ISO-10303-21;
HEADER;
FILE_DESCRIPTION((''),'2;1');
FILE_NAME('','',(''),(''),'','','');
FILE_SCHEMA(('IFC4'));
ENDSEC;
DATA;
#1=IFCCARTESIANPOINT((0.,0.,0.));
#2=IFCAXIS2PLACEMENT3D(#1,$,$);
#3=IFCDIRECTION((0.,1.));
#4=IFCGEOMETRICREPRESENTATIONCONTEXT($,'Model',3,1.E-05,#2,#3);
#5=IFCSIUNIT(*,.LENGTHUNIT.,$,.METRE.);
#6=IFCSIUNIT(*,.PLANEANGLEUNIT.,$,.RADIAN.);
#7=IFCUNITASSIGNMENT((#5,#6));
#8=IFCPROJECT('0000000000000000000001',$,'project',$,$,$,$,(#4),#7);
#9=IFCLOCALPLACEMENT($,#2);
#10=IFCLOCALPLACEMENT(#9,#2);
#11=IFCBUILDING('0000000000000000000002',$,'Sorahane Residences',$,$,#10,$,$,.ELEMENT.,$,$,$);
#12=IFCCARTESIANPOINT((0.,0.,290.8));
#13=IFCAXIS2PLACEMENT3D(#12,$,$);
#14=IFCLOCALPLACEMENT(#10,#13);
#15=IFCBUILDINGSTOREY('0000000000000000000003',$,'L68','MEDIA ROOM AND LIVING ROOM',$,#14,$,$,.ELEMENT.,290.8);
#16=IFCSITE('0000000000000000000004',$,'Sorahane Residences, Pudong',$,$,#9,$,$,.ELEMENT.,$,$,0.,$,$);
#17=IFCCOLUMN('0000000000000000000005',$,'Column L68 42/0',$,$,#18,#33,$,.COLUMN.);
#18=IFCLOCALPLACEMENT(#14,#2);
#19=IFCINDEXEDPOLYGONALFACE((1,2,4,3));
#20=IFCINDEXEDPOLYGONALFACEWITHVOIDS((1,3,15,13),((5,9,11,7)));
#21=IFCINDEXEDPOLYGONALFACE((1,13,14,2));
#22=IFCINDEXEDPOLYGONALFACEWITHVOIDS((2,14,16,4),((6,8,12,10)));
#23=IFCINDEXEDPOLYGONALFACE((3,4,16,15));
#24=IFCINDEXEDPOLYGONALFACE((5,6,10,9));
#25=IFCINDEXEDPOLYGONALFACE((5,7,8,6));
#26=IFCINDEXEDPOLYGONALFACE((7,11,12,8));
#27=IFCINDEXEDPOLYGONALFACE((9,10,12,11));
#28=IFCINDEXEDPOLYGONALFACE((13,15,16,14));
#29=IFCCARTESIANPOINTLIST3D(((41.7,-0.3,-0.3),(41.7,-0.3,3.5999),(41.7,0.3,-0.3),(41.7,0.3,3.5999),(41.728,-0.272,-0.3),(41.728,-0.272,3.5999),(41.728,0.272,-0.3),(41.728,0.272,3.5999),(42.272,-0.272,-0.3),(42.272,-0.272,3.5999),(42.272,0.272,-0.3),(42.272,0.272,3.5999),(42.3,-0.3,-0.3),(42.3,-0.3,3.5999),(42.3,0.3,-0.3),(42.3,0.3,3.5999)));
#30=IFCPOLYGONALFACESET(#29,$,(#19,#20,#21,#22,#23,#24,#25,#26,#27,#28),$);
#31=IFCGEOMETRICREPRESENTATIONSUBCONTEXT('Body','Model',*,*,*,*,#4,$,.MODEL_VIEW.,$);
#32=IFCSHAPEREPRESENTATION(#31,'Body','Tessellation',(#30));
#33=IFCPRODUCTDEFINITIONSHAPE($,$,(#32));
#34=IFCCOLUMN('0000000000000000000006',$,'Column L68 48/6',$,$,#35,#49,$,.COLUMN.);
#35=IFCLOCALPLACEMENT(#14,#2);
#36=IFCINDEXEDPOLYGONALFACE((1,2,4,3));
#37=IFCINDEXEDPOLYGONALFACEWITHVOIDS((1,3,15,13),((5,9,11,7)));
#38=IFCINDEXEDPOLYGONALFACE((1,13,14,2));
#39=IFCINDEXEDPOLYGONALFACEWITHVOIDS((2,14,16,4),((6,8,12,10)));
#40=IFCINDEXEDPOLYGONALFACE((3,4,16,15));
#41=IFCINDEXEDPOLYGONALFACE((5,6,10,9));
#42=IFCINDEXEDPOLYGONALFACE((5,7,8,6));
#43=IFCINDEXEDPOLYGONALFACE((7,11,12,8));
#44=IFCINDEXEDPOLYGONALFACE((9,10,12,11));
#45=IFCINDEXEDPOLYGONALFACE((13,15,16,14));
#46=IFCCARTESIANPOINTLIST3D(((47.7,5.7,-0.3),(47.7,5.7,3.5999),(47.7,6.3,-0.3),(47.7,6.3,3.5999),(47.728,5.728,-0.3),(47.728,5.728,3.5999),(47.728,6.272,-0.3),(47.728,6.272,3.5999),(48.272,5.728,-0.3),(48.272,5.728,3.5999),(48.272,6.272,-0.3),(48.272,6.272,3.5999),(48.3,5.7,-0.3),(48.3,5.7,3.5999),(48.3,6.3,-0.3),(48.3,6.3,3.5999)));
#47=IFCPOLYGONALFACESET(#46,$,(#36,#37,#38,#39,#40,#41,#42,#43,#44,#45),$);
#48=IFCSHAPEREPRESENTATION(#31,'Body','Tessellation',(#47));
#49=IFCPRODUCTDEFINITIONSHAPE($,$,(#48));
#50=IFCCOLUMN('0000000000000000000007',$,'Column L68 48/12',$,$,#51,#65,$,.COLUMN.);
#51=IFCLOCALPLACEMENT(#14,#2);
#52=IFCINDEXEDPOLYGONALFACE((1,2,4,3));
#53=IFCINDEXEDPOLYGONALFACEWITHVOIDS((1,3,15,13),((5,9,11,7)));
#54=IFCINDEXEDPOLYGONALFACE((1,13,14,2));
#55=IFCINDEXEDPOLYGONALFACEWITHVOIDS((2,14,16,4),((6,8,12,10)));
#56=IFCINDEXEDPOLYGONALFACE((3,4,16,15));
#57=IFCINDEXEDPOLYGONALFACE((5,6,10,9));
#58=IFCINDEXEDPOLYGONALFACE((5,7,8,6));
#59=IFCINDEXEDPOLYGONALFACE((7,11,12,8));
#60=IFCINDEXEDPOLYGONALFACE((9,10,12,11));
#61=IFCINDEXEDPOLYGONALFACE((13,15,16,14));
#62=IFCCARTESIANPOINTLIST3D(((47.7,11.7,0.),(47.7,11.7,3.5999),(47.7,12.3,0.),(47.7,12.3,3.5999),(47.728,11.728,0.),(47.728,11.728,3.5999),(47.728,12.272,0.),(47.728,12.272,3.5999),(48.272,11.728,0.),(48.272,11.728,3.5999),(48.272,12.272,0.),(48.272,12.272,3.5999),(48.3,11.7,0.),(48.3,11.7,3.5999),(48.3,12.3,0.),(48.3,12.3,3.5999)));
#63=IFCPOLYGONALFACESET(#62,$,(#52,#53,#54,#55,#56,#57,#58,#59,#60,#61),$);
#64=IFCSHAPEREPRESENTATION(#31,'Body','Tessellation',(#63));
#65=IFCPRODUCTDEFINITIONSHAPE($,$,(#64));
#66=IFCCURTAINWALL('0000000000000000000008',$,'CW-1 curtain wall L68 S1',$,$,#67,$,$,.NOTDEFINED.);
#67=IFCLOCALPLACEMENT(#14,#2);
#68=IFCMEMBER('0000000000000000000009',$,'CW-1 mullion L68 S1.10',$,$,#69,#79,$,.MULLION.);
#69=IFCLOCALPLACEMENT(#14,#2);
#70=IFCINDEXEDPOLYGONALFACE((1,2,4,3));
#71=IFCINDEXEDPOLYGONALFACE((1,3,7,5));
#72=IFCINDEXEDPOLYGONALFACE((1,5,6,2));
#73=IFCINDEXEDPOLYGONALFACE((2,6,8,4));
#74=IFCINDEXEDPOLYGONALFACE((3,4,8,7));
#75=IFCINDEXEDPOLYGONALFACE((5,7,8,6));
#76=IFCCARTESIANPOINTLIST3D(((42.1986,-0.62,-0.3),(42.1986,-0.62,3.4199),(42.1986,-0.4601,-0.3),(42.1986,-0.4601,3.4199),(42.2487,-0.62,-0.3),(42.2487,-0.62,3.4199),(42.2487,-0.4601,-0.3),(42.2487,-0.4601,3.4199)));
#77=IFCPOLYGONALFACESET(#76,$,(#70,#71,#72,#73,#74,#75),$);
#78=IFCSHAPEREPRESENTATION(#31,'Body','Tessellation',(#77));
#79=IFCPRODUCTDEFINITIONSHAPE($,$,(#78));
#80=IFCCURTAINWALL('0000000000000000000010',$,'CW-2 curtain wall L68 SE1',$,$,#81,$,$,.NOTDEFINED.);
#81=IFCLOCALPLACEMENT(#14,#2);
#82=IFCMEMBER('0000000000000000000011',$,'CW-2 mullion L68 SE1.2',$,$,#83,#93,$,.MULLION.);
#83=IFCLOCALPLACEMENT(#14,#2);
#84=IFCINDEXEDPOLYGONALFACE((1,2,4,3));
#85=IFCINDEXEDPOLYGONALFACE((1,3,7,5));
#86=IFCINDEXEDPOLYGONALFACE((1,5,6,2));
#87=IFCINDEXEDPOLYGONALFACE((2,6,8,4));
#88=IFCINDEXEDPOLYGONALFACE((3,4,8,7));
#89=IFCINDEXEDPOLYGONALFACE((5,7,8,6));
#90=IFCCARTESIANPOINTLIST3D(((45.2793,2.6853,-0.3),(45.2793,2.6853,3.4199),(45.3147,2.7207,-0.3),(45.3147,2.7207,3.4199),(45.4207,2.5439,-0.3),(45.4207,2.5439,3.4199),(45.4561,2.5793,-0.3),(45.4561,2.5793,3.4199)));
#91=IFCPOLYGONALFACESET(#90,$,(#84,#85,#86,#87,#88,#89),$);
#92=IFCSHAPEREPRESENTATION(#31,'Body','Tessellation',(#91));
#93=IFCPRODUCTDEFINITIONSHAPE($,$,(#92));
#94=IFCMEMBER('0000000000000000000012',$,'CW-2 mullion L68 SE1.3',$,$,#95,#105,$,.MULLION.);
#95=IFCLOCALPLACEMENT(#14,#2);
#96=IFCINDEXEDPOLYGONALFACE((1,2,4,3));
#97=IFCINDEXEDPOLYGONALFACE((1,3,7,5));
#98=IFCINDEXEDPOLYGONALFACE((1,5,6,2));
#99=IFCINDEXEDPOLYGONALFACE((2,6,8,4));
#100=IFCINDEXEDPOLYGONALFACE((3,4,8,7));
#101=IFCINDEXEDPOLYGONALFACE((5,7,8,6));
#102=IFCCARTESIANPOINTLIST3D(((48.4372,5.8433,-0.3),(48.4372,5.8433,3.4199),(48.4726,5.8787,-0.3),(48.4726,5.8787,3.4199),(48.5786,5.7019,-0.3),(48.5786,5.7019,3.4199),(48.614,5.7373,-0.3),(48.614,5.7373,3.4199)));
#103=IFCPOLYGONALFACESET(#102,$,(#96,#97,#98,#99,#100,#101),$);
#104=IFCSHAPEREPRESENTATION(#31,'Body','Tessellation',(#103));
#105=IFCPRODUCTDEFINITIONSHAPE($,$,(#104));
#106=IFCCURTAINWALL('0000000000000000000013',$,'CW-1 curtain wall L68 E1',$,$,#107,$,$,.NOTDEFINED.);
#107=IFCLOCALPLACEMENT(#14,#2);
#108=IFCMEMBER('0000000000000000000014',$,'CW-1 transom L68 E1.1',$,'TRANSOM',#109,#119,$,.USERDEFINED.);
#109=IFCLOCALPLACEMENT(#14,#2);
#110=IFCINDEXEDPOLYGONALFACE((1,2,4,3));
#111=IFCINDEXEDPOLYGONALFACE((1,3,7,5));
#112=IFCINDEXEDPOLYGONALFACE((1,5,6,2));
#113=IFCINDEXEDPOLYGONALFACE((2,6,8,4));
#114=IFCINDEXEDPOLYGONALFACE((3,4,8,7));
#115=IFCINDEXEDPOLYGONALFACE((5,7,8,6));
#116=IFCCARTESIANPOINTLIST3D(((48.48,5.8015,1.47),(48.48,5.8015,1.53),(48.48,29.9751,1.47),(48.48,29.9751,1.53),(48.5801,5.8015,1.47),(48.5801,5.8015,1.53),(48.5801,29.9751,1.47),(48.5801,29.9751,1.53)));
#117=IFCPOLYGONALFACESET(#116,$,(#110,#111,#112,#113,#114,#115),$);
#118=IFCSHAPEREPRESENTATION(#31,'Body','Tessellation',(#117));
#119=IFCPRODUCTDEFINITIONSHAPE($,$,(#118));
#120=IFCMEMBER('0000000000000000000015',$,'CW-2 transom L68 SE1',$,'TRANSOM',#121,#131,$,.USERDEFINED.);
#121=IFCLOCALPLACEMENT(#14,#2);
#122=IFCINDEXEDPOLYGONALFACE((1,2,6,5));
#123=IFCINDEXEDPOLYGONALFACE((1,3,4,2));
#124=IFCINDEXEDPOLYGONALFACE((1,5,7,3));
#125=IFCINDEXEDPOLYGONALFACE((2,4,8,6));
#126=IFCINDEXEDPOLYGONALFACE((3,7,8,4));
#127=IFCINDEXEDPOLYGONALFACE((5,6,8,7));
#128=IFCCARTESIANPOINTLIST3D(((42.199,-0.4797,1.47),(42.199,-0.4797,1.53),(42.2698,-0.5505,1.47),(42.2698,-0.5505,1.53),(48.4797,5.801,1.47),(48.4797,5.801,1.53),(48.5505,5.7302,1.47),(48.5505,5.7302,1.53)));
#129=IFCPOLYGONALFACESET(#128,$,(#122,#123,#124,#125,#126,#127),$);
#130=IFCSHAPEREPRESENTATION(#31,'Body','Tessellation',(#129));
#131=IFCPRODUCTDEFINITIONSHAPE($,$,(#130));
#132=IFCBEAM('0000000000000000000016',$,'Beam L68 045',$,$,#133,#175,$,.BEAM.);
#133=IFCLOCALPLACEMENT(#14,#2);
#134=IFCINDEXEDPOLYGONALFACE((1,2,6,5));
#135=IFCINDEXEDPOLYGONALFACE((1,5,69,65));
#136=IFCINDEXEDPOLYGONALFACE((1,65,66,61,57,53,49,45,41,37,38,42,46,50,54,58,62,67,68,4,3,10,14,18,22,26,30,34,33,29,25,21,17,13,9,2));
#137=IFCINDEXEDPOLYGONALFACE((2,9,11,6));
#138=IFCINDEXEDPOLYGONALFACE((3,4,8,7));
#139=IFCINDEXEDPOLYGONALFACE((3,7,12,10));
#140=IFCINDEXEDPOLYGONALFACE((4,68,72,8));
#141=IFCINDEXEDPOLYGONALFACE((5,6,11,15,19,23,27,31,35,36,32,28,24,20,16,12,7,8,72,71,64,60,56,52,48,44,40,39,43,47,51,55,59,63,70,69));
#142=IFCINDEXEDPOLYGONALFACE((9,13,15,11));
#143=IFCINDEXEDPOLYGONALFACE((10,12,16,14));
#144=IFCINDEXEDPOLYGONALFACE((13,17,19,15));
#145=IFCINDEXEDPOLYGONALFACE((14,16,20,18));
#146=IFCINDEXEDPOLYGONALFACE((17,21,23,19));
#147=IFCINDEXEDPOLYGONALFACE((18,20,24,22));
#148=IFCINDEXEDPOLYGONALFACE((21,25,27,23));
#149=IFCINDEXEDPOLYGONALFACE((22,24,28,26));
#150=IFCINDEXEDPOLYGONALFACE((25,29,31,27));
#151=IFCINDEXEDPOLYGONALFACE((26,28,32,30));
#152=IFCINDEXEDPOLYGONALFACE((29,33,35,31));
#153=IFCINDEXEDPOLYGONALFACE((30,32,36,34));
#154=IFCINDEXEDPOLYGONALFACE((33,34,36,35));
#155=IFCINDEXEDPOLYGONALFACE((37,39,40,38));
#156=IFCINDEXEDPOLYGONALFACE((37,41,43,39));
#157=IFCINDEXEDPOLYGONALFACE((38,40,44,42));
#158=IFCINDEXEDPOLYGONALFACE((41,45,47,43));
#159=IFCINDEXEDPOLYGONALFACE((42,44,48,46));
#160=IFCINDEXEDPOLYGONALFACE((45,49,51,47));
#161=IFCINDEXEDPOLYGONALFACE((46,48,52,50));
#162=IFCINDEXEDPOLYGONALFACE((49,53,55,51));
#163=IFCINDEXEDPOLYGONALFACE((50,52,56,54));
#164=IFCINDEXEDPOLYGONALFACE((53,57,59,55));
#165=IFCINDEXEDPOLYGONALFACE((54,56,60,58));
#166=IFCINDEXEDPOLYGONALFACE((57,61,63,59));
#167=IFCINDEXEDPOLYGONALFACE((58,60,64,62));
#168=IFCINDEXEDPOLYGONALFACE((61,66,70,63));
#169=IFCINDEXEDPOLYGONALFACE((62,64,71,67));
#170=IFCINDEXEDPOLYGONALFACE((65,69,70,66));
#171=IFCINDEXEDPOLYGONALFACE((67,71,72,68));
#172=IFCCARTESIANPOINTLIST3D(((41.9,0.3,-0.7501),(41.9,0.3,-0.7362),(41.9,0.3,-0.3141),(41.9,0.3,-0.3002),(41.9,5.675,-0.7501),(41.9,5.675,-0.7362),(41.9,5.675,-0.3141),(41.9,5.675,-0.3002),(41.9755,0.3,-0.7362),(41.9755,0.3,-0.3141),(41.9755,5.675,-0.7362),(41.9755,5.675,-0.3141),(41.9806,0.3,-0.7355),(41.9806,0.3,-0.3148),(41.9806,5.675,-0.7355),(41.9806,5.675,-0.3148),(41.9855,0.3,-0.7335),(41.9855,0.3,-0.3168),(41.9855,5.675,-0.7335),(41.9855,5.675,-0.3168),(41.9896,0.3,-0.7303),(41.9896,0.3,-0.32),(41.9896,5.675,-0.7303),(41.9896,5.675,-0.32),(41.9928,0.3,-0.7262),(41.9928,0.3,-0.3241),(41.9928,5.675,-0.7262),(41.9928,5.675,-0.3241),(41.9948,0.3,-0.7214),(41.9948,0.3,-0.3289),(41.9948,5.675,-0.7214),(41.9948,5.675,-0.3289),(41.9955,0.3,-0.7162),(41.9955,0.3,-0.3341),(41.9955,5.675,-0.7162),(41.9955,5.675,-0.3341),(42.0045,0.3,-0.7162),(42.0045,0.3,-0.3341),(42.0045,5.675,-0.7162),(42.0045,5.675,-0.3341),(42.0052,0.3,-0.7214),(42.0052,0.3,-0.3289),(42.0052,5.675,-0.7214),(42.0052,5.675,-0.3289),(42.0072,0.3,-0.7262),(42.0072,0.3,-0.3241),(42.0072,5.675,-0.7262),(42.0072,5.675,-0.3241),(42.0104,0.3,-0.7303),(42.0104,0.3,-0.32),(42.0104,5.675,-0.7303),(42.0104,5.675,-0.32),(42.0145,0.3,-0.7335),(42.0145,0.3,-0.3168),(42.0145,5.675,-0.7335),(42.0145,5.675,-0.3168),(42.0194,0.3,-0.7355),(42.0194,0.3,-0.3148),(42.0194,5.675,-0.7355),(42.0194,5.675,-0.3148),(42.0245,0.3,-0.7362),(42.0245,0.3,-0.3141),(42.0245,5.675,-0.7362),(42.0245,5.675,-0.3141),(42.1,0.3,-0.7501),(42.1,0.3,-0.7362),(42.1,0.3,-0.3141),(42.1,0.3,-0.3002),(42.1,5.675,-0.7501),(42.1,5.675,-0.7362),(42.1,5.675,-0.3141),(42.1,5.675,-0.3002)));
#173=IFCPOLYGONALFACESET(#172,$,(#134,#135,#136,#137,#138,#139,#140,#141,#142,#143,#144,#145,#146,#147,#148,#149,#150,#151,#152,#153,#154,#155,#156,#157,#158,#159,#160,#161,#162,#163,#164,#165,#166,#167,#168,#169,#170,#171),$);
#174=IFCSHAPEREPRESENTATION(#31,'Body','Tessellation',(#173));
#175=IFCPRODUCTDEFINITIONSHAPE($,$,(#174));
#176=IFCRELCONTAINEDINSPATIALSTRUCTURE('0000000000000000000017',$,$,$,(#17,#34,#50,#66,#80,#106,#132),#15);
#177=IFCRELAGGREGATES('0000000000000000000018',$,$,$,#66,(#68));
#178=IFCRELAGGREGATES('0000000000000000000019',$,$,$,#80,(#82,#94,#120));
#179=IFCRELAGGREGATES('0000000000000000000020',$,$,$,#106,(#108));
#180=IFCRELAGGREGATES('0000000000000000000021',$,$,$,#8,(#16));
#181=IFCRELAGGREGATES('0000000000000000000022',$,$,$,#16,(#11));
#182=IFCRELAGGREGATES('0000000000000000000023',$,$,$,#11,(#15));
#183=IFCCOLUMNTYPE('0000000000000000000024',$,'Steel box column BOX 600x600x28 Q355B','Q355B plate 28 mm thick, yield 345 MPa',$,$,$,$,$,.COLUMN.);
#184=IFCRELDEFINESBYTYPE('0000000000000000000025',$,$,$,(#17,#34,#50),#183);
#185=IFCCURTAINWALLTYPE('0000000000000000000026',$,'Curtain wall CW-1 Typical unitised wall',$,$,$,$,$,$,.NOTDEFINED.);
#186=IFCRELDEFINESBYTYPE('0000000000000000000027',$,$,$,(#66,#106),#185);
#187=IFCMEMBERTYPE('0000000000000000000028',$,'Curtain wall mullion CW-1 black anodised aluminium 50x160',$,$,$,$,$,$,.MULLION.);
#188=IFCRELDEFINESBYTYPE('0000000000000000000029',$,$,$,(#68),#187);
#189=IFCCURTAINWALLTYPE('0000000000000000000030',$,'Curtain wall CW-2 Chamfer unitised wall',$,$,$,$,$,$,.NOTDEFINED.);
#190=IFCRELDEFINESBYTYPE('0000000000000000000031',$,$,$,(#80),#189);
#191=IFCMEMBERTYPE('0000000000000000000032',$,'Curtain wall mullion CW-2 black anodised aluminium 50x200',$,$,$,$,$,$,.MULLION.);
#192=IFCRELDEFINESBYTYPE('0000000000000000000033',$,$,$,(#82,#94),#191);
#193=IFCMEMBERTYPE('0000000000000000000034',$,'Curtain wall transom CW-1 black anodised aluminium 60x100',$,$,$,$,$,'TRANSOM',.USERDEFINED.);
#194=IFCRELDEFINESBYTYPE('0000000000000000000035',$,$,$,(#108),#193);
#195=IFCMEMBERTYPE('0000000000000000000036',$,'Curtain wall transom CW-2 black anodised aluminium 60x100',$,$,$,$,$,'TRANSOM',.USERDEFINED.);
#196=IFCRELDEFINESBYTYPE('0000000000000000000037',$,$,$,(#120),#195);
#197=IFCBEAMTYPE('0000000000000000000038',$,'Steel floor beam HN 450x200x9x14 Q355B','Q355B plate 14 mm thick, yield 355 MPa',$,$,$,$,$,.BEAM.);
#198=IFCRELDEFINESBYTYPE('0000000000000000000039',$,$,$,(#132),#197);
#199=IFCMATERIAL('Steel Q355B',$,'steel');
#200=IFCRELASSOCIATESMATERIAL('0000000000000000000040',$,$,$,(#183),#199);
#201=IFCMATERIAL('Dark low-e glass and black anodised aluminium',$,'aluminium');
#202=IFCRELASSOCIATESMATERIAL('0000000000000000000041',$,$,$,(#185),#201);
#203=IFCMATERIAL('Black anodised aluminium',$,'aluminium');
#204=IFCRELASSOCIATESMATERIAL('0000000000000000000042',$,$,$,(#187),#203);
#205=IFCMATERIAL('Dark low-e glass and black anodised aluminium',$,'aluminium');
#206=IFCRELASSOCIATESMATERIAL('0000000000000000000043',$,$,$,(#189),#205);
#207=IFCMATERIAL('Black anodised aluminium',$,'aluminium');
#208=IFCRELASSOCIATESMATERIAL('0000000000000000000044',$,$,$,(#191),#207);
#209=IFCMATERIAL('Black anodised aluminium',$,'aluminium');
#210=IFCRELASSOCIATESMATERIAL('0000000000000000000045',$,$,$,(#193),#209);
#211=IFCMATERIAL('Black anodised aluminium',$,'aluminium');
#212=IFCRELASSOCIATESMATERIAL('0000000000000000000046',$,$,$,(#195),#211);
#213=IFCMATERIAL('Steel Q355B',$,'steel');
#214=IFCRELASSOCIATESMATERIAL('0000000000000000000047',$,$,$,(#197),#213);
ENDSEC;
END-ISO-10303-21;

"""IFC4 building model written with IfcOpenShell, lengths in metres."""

from ifc_helpers import new_model, si_unit, direction, frame, origin, origin_2d, place, context, subcontext, project, spatial, rectangle, hollow_rectangle, i_section, extrude, material, material_profile, profile_set, type_object, element, aggregate, save


model = new_model("IFC4")

# Units and contexts
model_context = context("Model", 3, precision=1e-05, world=origin(), true_north=direction((0.0, 1.0)))
body_context = subcontext(model_context, "Body", "Model", "MODEL_VIEW")
ifc_project = project(units=[si_unit("LENGTHUNIT", "METRE"), si_unit("PLANEANGLEUNIT", "RADIAN")], contexts=[model_context])

# Site, building, storey
site_placement = place(None, origin())
site = spatial("IfcSite", under=ifc_project, at=site_placement, Name="Sorahane Residences, Pudong", CompositionType="ELEMENT", RefElevation=0.0)
building_placement = place(site_placement, origin())
building = spatial("IfcBuilding", under=site, at=building_placement, Name="Sorahane Residences", CompositionType="ELEMENT")
storey_placement = place(building_placement, frame((0.0, 0.0, 290.8)))
storey = spatial("IfcBuildingStorey", under=building, at=storey_placement, Name="L68", Description="MEDIA ROOM AND LIVING ROOM", CompositionType="ELEMENT", Elevation=290.8)

# Columns
ifc_material_1 = material(Name="Steel Q355B", Category="steel")
ifc_material_profile_1 = material_profile(ifc_material_1, hollow_rectangle(XDim=0.6001, YDim=0.6001, WallThickness=0.0281, at=origin_2d()), Name="BOX 600x600x28")
ifc_profile_set_1 = profile_set([ifc_material_profile_1], Name="Steel Q355B")
column_type = type_object("IfcColumnType", Name="Steel box column BOX 600x600x28 Q355B", Description="Q355B plate 28 mm thick, yield 345 MPa", PredefinedType="COLUMN", material=ifc_profile_set_1)
for number, where, z_axis, x_axis, name in (
    (1, (42.0, 0.0, -0.3), (0.0, 0.0, 1.0), (1.0, 0.0, 0.0), "Column L68 42/0"),
    (2, (48.0, 6.0, -0.3), (0.0, 0.0, 1.0), (1.0, 0.0, 0.0), "Column L68 48/6"),
):
    element("IfcColumn", number, at=place(storey_placement, frame(where, z_axis=z_axis, x_axis=x_axis)), inside=storey, type_object=column_type, Name=name, PredefinedType="COLUMN", context=body_context, shape_type="SweptSolid", body=[
        extrude(hollow_rectangle(XDim=0.6001, YDim=0.6001, WallThickness=0.0281, at=origin_2d()), origin(), (0.0, 0.0, 1.0), 3.8999),
    ])
column_placement = place(storey_placement, frame((48.0, 12.0, 0.0), z_axis=(0.0, 0.0, 1.0), x_axis=(1.0, 0.0, 0.0)))
element("IfcColumn", 3, at=column_placement, inside=storey, type_object=column_type, Name="Column L68 48/12", PredefinedType="COLUMN", context=body_context, shape_type="SweptSolid", body=[
    extrude(hollow_rectangle(XDim=0.6001, YDim=0.6001, WallThickness=0.0281, at=origin_2d()), origin(), (0.0, 0.0, 1.0), 3.5999),
])

# Curtain wall, member
ifc_material_2 = material(Name="Dark low-e glass and black anodised aluminium", Category="aluminium")
curtain_wall_type_1 = type_object("IfcCurtainWallType", Name="Curtain wall CW-1 Typical unitised wall", PredefinedType="NOTDEFINED", material=ifc_material_2)
curtain_wall_1_placement = place(storey_placement, origin())
curtain_wall_1 = element("IfcCurtainWall", 4, at=curtain_wall_1_placement, inside=storey, type_object=curtain_wall_type_1, Name="CW-1 curtain wall L68 S1", PredefinedType="NOTDEFINED")
ifc_material_3 = material(Name="Black anodised aluminium", Category="aluminium")
ifc_material_profile_2 = material_profile(ifc_material_3, rectangle(XDim=0.1599, YDim=0.05, at=origin_2d()), Name="Curtain wall mullion CW-1 black anodised aluminium 50x160")
ifc_profile_set_2 = profile_set([ifc_material_profile_2], Name="Black anodised aluminium")
member_type_1 = type_object("IfcMemberType", Name="Curtain wall mullion CW-1 black anodised aluminium 50x160", PredefinedType="MULLION", material=ifc_profile_set_2)
member_1_placement = place(storey_placement, frame((42.2236, -0.54, -0.3), z_axis=(0.0, 0.0, 1.0), x_axis=(0.0, -1.0, 0.0)))
member_1 = element("IfcMember", 5, at=member_1_placement, type_object=member_type_1, Name="CW-1 mullion L68 S1.10", PredefinedType="MULLION", context=body_context, shape_type="SweptSolid", body=[
    extrude(rectangle(XDim=0.1599, YDim=0.05, at=origin_2d()), origin(), (0.0, 0.0, 1.0), 3.72),
])
aggregate(curtain_wall_1, [member_1])

# Curtain wall, members
ifc_material_4 = material(Name="Dark low-e glass and black anodised aluminium", Category="aluminium")
curtain_wall_type_2 = type_object("IfcCurtainWallType", Name="Curtain wall CW-2 Chamfer unitised wall", PredefinedType="NOTDEFINED", material=ifc_material_4)
curtain_wall_2_placement = place(storey_placement, origin())
curtain_wall_2 = element("IfcCurtainWall", 6, at=curtain_wall_2_placement, inside=storey, type_object=curtain_wall_type_2, Name="CW-2 curtain wall L68 SE1", PredefinedType="NOTDEFINED")
ifc_material_5 = material(Name="Black anodised aluminium", Category="aluminium")
ifc_material_profile_3 = material_profile(ifc_material_5, rectangle(XDim=0.2, YDim=0.05, at=origin_2d()), Name="Curtain wall mullion CW-2 black anodised aluminium 50x200")
ifc_profile_set_3 = profile_set([ifc_material_profile_3], Name="Black anodised aluminium")
member_type_2 = type_object("IfcMemberType", Name="Curtain wall mullion CW-2 black anodised aluminium 50x200", PredefinedType="MULLION", material=ifc_profile_set_3)
member_2_placement = place(storey_placement, frame((45.3677, 2.6323, -0.3), z_axis=(0.0, 0.0, 1.0), x_axis=(0.707107, -0.707107, 0.0)))
member_2 = element("IfcMember", 7, at=member_2_placement, type_object=member_type_2, Name="CW-2 mullion L68 SE1.2", PredefinedType="MULLION", context=body_context, shape_type="SweptSolid", body=[
    extrude(rectangle(XDim=0.2, YDim=0.05, at=origin_2d()), origin(), (0.0, 0.0, 1.0), 3.72),
])
member_3_placement = place(storey_placement, frame((48.5256, 5.7903, -0.3), z_axis=(0.0, 0.0, 1.0), x_axis=(0.707107, -0.707107, 0.0)))
member_3 = element("IfcMember", 8, at=member_3_placement, type_object=member_type_2, Name="CW-2 mullion L68 SE1.3", PredefinedType="MULLION", context=body_context, shape_type="SweptSolid", body=[
    extrude(rectangle(XDim=0.2, YDim=0.05, at=origin_2d()), origin(), (0.0, 0.0, 1.0), 3.72),
])

# Curtain wall, member
curtain_wall_3_placement = place(storey_placement, origin())
curtain_wall_3 = element("IfcCurtainWall", 9, at=curtain_wall_3_placement, inside=storey, type_object=curtain_wall_type_1, Name="CW-1 curtain wall L68 E1", PredefinedType="NOTDEFINED")
ifc_material_6 = material(Name="Black anodised aluminium", Category="aluminium")
ifc_material_profile_4 = material_profile(ifc_material_6, rectangle(XDim=0.1001, YDim=0.0601, at=origin_2d()), Name="Curtain wall transom CW-1 black anodised aluminium 60x100")
ifc_profile_set_4 = profile_set([ifc_material_profile_4], Name="Black anodised aluminium")
member_type_3 = type_object("IfcMemberType", Name="Curtain wall transom CW-1 black anodised aluminium 60x100", ElementType="TRANSOM", PredefinedType="USERDEFINED", material=ifc_profile_set_4)
member_4_placement = place(storey_placement, frame((48.53, 5.8015, 1.5), z_axis=(0.0, 1.0, 0.0), x_axis=(-1.0, 0.0, 0.0)))
member_4 = element("IfcMember", 10, at=member_4_placement, type_object=member_type_3, Name="CW-1 transom L68 E1.1", ObjectType="TRANSOM", PredefinedType="USERDEFINED", context=body_context, shape_type="SweptSolid", body=[
    extrude(rectangle(XDim=0.1001, YDim=0.0601, at=origin_2d()), origin(), (0.0, 0.0, 1.0), 24.1736),
])

# Member
ifc_material_7 = material(Name="Black anodised aluminium", Category="aluminium")
ifc_material_profile_5 = material_profile(ifc_material_7, rectangle(XDim=0.1001, YDim=0.0601, at=origin_2d()), Name="Curtain wall transom CW-2 black anodised aluminium 60x100")
ifc_profile_set_5 = profile_set([ifc_material_profile_5], Name="Black anodised aluminium")
member_type_4 = type_object("IfcMemberType", Name="Curtain wall transom CW-2 black anodised aluminium 60x100", ElementType="TRANSOM", PredefinedType="USERDEFINED", material=ifc_profile_set_5)
member_5_placement = place(storey_placement, frame((42.2344, -0.5151, 1.5), z_axis=(0.707107, 0.707107, 0.0), x_axis=(-0.707107, 0.707107, 0.0)))
member_5 = element("IfcMember", 11, at=member_5_placement, type_object=member_type_4, Name="CW-2 transom L68 SE1", ObjectType="TRANSOM", PredefinedType="USERDEFINED", context=body_context, shape_type="SweptSolid", body=[
    extrude(rectangle(XDim=0.1001, YDim=0.0601, at=origin_2d()), origin(), (0.0, 0.0, 1.0), 8.8823),
])

# Beam
ifc_material_8 = material(Name="Steel Q355B", Category="steel")
ifc_material_profile_6 = material_profile(ifc_material_8, i_section(OverallWidth=0.2, OverallDepth=0.45, WebThickness=0.009, FlangeThickness=0.0139, FilletRadius=0.02, at=origin_2d()), Name="HN 450x200x9x14")
ifc_profile_set_6 = profile_set([ifc_material_profile_6], Name="Steel Q355B")
beam_type = type_object("IfcBeamType", Name="Steel floor beam HN 450x200x9x14 Q355B", Description="Q355B plate 14 mm thick, yield 355 MPa", PredefinedType="BEAM", material=ifc_profile_set_6)
beam_1_placement = place(storey_placement, frame((42.0, 0.3, -0.5251), z_axis=(0.0, 1.0, 0.0), x_axis=(-1.0, 0.0, 0.0)))
element("IfcBeam", 12, at=beam_1_placement, inside=storey, type_object=beam_type, Name="Beam L68 045", PredefinedType="BEAM", context=body_context, shape_type="SweptSolid", body=[
    extrude(i_section(OverallWidth=0.2, OverallDepth=0.45, WebThickness=0.009, FlangeThickness=0.0139, FilletRadius=0.02, at=origin_2d()), origin(), (0.0, 0.0, 1.0), 5.375),
])

aggregate(curtain_wall_2, [member_2, member_3, member_5])
aggregate(curtain_wall_3, [member_4])

save(model, "model.ifc")
